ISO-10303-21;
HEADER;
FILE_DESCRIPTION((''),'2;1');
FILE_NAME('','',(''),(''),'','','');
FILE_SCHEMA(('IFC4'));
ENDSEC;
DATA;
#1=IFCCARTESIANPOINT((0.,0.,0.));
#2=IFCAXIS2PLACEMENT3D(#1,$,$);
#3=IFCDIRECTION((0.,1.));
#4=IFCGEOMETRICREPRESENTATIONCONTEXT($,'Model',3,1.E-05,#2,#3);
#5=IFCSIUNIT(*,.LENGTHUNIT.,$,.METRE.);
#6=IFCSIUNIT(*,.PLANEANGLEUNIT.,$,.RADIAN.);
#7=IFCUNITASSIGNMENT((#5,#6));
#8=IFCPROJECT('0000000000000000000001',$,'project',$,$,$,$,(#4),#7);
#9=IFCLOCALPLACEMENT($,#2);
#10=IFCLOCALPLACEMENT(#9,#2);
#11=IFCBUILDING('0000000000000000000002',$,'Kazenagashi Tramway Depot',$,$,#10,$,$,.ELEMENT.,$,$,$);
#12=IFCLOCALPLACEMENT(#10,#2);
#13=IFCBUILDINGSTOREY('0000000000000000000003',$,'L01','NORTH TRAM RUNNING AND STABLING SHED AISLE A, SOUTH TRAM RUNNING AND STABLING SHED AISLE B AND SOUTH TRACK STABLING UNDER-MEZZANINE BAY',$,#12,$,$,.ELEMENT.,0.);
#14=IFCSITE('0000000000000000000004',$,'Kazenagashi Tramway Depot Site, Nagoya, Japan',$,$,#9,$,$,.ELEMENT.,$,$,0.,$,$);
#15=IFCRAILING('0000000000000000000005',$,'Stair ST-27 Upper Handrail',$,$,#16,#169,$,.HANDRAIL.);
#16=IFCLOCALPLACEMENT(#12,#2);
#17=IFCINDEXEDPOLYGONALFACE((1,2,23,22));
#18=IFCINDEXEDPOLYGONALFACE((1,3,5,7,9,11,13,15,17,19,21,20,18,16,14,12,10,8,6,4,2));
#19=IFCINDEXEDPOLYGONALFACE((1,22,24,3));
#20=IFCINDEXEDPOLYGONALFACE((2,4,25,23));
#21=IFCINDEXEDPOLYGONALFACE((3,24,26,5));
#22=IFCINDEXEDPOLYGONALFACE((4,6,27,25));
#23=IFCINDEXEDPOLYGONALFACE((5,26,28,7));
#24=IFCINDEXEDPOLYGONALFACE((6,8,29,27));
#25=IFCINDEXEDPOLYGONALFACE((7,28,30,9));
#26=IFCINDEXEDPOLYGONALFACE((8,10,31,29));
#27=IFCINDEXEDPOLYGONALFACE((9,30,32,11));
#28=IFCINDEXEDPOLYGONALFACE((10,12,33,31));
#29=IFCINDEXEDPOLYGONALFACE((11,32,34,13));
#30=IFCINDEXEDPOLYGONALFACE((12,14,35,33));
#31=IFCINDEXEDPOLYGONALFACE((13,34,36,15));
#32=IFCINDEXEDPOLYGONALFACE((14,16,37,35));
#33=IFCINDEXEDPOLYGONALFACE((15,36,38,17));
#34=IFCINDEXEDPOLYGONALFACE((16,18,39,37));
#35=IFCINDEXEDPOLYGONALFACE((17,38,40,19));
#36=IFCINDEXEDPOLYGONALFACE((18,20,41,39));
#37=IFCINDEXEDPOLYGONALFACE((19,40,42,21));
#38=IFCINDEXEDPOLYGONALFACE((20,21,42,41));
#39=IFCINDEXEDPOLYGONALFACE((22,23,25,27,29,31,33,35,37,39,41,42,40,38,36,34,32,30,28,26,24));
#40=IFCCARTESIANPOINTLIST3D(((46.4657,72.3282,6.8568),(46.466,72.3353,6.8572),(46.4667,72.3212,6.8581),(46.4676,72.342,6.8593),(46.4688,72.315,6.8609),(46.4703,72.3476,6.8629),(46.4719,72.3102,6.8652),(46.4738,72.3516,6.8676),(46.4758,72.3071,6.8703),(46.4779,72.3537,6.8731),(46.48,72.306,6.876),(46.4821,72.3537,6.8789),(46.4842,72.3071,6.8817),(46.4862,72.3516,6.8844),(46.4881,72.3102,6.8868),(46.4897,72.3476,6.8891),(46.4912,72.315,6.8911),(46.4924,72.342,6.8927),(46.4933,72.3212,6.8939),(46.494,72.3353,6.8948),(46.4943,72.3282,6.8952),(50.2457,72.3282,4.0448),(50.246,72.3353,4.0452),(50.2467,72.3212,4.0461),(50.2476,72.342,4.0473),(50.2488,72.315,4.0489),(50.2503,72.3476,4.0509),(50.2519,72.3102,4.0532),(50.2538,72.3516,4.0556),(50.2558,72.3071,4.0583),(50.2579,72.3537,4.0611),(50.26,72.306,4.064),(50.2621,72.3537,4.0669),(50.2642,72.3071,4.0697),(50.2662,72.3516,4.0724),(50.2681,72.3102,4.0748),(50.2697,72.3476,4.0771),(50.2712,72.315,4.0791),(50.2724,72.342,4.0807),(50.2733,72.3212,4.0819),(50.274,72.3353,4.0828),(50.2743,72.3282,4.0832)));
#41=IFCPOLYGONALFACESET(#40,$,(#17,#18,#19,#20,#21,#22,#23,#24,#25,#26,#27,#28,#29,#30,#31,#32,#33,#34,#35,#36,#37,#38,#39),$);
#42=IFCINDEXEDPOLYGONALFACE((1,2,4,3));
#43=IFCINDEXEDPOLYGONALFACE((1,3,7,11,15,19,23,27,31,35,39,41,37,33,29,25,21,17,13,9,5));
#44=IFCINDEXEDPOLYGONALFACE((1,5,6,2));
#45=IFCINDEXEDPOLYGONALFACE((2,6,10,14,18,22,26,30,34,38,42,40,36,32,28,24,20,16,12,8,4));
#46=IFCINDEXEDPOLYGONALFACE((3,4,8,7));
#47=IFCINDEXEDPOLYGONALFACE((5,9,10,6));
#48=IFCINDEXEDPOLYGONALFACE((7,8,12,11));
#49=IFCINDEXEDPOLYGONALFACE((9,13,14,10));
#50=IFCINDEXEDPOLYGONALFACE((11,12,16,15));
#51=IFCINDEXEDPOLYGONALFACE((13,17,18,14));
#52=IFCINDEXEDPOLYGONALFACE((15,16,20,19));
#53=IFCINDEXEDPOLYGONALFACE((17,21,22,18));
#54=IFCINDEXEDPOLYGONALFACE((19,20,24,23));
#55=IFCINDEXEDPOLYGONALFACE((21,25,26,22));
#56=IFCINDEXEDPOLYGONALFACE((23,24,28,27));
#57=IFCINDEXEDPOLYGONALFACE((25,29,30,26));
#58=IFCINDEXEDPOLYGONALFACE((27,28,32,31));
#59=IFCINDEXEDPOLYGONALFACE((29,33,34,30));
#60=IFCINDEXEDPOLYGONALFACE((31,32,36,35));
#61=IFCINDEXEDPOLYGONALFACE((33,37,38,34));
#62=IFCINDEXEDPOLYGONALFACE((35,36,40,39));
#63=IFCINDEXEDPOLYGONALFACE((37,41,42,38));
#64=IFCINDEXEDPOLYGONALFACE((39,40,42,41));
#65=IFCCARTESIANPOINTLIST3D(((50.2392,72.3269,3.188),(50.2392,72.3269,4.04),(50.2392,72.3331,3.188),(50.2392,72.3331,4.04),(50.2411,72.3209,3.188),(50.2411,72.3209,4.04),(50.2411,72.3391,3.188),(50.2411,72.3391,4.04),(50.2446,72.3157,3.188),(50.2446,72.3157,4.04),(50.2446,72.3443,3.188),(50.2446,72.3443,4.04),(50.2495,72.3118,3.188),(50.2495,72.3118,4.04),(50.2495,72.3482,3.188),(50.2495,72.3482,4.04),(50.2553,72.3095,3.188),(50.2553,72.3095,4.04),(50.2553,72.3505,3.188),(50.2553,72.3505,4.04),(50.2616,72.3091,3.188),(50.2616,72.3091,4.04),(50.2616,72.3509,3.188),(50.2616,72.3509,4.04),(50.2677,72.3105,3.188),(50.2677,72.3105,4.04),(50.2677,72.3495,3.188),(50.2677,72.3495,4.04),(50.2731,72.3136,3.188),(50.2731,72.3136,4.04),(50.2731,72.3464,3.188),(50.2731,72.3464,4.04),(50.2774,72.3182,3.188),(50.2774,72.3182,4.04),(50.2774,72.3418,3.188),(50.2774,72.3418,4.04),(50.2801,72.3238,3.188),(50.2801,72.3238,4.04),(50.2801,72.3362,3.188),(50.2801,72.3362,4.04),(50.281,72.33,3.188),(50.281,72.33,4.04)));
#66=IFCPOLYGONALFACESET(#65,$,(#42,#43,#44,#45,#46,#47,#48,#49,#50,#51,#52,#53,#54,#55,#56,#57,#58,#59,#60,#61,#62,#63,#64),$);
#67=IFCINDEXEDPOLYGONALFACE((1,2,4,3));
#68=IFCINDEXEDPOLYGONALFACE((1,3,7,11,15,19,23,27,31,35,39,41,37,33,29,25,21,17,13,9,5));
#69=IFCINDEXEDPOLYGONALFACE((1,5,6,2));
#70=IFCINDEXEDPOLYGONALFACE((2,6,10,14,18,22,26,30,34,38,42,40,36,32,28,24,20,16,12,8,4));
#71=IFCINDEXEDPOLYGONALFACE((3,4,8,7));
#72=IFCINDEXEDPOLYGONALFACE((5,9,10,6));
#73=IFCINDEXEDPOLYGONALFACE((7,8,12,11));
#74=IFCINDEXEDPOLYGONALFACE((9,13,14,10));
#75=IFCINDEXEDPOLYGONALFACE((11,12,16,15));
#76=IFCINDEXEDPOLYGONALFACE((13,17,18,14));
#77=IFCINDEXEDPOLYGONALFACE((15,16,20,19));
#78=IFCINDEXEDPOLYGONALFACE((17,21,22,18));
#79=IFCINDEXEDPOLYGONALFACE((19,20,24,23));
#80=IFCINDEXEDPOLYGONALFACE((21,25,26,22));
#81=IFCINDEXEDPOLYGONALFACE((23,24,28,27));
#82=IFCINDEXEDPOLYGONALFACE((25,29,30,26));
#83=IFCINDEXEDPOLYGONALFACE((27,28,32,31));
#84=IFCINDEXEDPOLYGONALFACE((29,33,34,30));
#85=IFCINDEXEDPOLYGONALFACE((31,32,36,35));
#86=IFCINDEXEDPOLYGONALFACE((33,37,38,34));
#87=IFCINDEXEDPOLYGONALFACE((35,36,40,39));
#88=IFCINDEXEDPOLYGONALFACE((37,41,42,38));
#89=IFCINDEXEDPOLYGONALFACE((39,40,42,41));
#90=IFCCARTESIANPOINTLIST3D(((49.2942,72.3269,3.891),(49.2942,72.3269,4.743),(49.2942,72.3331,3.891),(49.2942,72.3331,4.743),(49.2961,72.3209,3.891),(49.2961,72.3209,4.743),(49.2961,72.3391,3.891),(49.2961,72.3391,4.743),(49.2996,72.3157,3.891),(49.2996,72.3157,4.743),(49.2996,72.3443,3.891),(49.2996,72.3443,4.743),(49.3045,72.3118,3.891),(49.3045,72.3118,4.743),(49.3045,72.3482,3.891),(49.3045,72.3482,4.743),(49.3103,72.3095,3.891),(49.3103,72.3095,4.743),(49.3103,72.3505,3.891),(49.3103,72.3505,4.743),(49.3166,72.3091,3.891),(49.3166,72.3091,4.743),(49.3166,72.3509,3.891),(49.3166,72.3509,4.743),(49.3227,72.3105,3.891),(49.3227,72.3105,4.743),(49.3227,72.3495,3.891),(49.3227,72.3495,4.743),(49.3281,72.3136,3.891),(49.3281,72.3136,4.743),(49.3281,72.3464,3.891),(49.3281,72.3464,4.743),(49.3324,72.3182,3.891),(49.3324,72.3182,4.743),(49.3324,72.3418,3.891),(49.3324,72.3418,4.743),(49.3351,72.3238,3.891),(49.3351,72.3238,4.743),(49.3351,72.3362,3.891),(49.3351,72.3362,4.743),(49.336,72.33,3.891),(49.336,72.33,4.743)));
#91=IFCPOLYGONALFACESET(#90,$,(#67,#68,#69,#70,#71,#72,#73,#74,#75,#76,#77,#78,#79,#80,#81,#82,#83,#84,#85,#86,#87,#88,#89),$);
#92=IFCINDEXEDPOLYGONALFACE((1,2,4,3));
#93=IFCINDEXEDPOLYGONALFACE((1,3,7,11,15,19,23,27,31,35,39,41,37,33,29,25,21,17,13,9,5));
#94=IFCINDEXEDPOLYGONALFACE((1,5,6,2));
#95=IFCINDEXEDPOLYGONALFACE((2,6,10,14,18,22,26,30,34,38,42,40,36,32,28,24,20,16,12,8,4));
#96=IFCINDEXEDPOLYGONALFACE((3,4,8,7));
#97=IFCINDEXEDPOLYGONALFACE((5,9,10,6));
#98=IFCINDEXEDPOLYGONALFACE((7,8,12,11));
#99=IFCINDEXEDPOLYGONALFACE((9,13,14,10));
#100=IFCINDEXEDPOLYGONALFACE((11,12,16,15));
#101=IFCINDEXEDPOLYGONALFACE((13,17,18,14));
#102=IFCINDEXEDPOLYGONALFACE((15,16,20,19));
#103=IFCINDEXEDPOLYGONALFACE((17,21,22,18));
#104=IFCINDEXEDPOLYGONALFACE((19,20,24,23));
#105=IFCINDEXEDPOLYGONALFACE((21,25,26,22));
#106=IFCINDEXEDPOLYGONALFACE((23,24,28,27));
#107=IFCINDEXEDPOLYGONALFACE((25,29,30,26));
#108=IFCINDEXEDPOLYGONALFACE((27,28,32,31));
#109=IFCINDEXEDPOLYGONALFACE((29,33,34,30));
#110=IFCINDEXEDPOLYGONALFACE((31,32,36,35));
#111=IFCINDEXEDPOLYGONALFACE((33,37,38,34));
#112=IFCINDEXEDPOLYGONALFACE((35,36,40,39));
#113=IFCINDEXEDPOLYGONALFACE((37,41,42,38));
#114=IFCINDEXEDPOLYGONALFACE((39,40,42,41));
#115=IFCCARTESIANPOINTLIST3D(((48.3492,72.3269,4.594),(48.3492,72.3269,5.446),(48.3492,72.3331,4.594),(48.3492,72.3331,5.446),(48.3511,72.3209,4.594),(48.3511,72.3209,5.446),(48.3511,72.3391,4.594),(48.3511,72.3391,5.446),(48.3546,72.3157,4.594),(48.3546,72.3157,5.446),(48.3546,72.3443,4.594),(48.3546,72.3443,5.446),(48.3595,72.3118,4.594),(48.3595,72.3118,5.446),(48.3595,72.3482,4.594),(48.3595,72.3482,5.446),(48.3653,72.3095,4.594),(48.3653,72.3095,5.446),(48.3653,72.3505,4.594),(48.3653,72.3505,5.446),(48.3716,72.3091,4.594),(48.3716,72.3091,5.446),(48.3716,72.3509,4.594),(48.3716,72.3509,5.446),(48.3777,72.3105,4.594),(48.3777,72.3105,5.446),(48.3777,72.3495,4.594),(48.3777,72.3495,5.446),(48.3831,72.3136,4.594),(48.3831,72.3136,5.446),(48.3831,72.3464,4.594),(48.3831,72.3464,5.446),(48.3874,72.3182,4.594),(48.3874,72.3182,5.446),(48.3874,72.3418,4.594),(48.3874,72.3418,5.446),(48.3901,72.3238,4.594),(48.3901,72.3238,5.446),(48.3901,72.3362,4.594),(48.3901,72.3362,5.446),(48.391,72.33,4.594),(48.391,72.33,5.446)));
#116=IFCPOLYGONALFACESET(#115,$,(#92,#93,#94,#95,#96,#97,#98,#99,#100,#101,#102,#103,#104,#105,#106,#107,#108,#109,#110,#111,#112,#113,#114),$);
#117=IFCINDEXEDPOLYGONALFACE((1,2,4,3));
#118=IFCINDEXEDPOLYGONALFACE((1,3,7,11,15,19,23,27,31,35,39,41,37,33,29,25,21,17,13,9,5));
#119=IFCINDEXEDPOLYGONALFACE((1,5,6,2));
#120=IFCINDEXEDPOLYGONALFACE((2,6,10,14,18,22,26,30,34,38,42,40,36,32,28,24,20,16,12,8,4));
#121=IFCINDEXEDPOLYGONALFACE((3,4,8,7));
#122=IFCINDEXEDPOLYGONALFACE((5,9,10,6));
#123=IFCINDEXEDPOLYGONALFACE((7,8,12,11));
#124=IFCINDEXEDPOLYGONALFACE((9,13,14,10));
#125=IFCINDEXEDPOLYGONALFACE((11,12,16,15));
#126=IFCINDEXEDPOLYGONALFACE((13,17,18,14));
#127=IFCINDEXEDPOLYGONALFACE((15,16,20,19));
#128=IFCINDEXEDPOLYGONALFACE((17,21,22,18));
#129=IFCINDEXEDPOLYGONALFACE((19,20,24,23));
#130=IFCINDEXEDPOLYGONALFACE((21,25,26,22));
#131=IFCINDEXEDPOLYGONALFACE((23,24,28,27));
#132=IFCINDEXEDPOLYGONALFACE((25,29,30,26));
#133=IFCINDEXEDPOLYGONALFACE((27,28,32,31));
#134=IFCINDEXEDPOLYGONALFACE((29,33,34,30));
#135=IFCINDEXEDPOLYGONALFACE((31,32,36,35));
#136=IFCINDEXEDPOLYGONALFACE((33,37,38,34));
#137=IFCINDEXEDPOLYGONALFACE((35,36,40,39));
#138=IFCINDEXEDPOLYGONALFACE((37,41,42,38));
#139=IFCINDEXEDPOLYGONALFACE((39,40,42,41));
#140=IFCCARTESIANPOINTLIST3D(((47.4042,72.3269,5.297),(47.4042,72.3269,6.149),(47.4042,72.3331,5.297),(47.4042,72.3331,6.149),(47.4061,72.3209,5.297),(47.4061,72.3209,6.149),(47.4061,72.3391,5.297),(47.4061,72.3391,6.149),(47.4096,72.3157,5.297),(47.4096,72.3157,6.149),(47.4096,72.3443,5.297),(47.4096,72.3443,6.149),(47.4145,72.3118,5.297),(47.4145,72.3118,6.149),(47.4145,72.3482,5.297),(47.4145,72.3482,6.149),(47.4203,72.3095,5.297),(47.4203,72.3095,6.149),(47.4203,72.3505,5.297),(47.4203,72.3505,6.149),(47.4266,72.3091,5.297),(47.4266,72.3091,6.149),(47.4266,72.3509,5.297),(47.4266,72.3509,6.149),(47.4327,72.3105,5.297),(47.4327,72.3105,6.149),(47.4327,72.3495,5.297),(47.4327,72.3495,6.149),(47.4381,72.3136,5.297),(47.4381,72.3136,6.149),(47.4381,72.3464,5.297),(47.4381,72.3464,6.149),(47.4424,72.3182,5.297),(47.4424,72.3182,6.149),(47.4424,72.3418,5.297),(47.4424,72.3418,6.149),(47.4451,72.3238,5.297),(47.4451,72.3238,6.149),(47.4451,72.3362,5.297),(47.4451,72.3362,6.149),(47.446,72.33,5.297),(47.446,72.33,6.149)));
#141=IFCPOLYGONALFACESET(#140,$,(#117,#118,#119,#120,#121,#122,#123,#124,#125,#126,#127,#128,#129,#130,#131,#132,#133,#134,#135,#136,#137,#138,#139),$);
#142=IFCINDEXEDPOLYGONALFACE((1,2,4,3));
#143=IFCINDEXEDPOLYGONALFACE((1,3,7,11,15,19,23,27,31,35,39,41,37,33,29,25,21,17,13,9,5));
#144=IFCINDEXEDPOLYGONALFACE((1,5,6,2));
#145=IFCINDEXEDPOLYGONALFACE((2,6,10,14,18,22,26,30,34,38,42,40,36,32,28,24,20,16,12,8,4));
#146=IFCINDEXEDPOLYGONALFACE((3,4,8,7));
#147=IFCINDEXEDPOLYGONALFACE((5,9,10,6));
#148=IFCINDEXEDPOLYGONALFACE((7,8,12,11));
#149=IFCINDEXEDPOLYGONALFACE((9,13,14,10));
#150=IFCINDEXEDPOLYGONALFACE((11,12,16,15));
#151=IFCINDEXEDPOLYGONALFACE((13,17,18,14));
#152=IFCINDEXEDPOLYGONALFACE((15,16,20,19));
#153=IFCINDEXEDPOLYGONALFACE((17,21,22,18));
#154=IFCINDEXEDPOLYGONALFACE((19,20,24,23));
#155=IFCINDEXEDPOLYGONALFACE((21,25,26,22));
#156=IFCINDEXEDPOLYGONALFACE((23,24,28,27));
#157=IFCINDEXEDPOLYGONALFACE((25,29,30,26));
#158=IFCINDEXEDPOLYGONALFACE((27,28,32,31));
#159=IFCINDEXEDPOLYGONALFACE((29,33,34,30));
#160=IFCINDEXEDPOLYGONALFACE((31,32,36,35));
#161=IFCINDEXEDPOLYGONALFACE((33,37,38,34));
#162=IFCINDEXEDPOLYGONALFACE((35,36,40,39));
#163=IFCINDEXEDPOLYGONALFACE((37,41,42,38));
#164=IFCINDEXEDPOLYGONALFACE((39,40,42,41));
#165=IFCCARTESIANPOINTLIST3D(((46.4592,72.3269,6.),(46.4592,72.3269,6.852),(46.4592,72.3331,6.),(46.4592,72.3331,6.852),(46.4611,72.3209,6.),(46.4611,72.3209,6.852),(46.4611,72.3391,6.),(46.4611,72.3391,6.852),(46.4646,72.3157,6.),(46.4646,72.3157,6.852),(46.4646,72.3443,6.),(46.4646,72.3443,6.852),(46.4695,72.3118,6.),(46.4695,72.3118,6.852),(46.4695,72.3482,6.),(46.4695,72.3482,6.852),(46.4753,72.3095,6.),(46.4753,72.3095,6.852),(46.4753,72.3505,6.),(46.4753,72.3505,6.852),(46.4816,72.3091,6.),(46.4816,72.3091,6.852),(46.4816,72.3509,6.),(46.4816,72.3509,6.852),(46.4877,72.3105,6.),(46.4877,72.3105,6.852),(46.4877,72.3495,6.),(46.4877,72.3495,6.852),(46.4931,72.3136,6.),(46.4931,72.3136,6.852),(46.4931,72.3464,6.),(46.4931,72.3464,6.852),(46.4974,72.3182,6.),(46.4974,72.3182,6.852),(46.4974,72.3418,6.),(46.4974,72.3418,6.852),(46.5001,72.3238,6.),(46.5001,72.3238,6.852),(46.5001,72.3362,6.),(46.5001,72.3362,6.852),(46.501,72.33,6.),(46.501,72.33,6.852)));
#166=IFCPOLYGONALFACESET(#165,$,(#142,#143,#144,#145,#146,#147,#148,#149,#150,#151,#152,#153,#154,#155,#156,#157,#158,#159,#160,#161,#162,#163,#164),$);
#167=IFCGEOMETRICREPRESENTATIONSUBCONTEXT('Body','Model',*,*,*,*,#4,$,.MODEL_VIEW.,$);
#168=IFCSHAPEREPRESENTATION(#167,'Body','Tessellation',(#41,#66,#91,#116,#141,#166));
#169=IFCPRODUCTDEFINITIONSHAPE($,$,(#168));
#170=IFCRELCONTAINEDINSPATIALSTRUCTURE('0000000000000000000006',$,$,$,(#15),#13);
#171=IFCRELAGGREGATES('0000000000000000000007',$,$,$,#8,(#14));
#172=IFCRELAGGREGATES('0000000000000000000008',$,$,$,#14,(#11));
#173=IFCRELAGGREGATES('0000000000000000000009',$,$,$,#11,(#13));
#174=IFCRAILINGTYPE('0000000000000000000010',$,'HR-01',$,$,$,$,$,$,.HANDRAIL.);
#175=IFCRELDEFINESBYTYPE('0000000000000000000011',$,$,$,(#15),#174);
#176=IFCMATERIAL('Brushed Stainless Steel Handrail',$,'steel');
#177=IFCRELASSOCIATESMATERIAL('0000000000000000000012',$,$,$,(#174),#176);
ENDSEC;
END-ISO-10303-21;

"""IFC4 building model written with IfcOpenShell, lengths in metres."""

from ifc_helpers import new_model, si_unit, direction, frame, origin, origin_2d, place, context, subcontext, project, spatial, circle, extrude, material, type_object, element, save


model = new_model("IFC4")

# Units and contexts
model_context = context("Model", 3, precision=1e-05, world=origin(), true_north=direction((0.0, 1.0)))
body_context = subcontext(model_context, "Body", "Model", "MODEL_VIEW")
ifc_project = project(units=[si_unit("LENGTHUNIT", "METRE"), si_unit("PLANEANGLEUNIT", "RADIAN")], contexts=[model_context])

# Site, building, storey
site_placement = place(None, origin())
site = spatial("IfcSite", under=ifc_project, at=site_placement, Name="Kazenagashi Tramway Depot Site, Nagoya, Japan", CompositionType="ELEMENT", RefElevation=0.0)
building_placement = place(site_placement, origin())
building = spatial("IfcBuilding", under=site, at=building_placement, Name="Kazenagashi Tramway Depot", CompositionType="ELEMENT")
storey_placement = place(building_placement, origin())
storey = spatial("IfcBuildingStorey", under=building, at=storey_placement, Name="L01", Description="NORTH TRAM RUNNING AND STABLING SHED AISLE A, SOUTH TRAM RUNNING AND STABLING SHED AISLE B AND SOUTH TRACK STABLING UNDER-MEZZANINE BAY", CompositionType="ELEMENT", Elevation=0.0)

# Railing
ifc_material_1 = material(Name="Brushed Stainless Steel Handrail", Category="steel")
railing_type = type_object("IfcRailingType", Name="HR-01", PredefinedType="HANDRAIL", material=ifc_material_1)
railing_1_placement = place(storey_placement, frame((50.26, 72.33, 3.188)))
element("IfcRailing", 1, at=railing_1_placement, inside=storey, type_object=railing_type, Name="Stair ST-27 Upper Handrail", PredefinedType="HANDRAIL", context=body_context, shape_type="SweptSolid", body=[
    extrude(circle(Radius=0.024, at=origin_2d()), frame((0.0, 0.0, 0.876), z_axis=(-0.802337, 0.0, 0.596871), x_axis=(0.0, -1.0, 0.0)), (0.0, 0.0, 1.0), 4.7112),
    extrude(circle(Radius=0.021, at=origin_2d()), origin(), (0.0, 0.0, 1.0), 0.852),
    extrude(circle(Radius=0.021, at=origin_2d()), frame((-0.945, 0.0, 0.703)), (0.0, 0.0, 1.0), 0.852),
    extrude(circle(Radius=0.021, at=origin_2d()), frame((-1.89, 0.0, 1.406)), (0.0, 0.0, 1.0), 0.852),
    extrude(circle(Radius=0.021, at=origin_2d()), frame((-2.835, 0.0, 2.109)), (0.0, 0.0, 1.0), 0.852),
    extrude(circle(Radius=0.021, at=origin_2d()), frame((-3.78, 0.0, 2.812)), (0.0, 0.0, 1.0), 0.852),
])

save(model, "model.ifc")
